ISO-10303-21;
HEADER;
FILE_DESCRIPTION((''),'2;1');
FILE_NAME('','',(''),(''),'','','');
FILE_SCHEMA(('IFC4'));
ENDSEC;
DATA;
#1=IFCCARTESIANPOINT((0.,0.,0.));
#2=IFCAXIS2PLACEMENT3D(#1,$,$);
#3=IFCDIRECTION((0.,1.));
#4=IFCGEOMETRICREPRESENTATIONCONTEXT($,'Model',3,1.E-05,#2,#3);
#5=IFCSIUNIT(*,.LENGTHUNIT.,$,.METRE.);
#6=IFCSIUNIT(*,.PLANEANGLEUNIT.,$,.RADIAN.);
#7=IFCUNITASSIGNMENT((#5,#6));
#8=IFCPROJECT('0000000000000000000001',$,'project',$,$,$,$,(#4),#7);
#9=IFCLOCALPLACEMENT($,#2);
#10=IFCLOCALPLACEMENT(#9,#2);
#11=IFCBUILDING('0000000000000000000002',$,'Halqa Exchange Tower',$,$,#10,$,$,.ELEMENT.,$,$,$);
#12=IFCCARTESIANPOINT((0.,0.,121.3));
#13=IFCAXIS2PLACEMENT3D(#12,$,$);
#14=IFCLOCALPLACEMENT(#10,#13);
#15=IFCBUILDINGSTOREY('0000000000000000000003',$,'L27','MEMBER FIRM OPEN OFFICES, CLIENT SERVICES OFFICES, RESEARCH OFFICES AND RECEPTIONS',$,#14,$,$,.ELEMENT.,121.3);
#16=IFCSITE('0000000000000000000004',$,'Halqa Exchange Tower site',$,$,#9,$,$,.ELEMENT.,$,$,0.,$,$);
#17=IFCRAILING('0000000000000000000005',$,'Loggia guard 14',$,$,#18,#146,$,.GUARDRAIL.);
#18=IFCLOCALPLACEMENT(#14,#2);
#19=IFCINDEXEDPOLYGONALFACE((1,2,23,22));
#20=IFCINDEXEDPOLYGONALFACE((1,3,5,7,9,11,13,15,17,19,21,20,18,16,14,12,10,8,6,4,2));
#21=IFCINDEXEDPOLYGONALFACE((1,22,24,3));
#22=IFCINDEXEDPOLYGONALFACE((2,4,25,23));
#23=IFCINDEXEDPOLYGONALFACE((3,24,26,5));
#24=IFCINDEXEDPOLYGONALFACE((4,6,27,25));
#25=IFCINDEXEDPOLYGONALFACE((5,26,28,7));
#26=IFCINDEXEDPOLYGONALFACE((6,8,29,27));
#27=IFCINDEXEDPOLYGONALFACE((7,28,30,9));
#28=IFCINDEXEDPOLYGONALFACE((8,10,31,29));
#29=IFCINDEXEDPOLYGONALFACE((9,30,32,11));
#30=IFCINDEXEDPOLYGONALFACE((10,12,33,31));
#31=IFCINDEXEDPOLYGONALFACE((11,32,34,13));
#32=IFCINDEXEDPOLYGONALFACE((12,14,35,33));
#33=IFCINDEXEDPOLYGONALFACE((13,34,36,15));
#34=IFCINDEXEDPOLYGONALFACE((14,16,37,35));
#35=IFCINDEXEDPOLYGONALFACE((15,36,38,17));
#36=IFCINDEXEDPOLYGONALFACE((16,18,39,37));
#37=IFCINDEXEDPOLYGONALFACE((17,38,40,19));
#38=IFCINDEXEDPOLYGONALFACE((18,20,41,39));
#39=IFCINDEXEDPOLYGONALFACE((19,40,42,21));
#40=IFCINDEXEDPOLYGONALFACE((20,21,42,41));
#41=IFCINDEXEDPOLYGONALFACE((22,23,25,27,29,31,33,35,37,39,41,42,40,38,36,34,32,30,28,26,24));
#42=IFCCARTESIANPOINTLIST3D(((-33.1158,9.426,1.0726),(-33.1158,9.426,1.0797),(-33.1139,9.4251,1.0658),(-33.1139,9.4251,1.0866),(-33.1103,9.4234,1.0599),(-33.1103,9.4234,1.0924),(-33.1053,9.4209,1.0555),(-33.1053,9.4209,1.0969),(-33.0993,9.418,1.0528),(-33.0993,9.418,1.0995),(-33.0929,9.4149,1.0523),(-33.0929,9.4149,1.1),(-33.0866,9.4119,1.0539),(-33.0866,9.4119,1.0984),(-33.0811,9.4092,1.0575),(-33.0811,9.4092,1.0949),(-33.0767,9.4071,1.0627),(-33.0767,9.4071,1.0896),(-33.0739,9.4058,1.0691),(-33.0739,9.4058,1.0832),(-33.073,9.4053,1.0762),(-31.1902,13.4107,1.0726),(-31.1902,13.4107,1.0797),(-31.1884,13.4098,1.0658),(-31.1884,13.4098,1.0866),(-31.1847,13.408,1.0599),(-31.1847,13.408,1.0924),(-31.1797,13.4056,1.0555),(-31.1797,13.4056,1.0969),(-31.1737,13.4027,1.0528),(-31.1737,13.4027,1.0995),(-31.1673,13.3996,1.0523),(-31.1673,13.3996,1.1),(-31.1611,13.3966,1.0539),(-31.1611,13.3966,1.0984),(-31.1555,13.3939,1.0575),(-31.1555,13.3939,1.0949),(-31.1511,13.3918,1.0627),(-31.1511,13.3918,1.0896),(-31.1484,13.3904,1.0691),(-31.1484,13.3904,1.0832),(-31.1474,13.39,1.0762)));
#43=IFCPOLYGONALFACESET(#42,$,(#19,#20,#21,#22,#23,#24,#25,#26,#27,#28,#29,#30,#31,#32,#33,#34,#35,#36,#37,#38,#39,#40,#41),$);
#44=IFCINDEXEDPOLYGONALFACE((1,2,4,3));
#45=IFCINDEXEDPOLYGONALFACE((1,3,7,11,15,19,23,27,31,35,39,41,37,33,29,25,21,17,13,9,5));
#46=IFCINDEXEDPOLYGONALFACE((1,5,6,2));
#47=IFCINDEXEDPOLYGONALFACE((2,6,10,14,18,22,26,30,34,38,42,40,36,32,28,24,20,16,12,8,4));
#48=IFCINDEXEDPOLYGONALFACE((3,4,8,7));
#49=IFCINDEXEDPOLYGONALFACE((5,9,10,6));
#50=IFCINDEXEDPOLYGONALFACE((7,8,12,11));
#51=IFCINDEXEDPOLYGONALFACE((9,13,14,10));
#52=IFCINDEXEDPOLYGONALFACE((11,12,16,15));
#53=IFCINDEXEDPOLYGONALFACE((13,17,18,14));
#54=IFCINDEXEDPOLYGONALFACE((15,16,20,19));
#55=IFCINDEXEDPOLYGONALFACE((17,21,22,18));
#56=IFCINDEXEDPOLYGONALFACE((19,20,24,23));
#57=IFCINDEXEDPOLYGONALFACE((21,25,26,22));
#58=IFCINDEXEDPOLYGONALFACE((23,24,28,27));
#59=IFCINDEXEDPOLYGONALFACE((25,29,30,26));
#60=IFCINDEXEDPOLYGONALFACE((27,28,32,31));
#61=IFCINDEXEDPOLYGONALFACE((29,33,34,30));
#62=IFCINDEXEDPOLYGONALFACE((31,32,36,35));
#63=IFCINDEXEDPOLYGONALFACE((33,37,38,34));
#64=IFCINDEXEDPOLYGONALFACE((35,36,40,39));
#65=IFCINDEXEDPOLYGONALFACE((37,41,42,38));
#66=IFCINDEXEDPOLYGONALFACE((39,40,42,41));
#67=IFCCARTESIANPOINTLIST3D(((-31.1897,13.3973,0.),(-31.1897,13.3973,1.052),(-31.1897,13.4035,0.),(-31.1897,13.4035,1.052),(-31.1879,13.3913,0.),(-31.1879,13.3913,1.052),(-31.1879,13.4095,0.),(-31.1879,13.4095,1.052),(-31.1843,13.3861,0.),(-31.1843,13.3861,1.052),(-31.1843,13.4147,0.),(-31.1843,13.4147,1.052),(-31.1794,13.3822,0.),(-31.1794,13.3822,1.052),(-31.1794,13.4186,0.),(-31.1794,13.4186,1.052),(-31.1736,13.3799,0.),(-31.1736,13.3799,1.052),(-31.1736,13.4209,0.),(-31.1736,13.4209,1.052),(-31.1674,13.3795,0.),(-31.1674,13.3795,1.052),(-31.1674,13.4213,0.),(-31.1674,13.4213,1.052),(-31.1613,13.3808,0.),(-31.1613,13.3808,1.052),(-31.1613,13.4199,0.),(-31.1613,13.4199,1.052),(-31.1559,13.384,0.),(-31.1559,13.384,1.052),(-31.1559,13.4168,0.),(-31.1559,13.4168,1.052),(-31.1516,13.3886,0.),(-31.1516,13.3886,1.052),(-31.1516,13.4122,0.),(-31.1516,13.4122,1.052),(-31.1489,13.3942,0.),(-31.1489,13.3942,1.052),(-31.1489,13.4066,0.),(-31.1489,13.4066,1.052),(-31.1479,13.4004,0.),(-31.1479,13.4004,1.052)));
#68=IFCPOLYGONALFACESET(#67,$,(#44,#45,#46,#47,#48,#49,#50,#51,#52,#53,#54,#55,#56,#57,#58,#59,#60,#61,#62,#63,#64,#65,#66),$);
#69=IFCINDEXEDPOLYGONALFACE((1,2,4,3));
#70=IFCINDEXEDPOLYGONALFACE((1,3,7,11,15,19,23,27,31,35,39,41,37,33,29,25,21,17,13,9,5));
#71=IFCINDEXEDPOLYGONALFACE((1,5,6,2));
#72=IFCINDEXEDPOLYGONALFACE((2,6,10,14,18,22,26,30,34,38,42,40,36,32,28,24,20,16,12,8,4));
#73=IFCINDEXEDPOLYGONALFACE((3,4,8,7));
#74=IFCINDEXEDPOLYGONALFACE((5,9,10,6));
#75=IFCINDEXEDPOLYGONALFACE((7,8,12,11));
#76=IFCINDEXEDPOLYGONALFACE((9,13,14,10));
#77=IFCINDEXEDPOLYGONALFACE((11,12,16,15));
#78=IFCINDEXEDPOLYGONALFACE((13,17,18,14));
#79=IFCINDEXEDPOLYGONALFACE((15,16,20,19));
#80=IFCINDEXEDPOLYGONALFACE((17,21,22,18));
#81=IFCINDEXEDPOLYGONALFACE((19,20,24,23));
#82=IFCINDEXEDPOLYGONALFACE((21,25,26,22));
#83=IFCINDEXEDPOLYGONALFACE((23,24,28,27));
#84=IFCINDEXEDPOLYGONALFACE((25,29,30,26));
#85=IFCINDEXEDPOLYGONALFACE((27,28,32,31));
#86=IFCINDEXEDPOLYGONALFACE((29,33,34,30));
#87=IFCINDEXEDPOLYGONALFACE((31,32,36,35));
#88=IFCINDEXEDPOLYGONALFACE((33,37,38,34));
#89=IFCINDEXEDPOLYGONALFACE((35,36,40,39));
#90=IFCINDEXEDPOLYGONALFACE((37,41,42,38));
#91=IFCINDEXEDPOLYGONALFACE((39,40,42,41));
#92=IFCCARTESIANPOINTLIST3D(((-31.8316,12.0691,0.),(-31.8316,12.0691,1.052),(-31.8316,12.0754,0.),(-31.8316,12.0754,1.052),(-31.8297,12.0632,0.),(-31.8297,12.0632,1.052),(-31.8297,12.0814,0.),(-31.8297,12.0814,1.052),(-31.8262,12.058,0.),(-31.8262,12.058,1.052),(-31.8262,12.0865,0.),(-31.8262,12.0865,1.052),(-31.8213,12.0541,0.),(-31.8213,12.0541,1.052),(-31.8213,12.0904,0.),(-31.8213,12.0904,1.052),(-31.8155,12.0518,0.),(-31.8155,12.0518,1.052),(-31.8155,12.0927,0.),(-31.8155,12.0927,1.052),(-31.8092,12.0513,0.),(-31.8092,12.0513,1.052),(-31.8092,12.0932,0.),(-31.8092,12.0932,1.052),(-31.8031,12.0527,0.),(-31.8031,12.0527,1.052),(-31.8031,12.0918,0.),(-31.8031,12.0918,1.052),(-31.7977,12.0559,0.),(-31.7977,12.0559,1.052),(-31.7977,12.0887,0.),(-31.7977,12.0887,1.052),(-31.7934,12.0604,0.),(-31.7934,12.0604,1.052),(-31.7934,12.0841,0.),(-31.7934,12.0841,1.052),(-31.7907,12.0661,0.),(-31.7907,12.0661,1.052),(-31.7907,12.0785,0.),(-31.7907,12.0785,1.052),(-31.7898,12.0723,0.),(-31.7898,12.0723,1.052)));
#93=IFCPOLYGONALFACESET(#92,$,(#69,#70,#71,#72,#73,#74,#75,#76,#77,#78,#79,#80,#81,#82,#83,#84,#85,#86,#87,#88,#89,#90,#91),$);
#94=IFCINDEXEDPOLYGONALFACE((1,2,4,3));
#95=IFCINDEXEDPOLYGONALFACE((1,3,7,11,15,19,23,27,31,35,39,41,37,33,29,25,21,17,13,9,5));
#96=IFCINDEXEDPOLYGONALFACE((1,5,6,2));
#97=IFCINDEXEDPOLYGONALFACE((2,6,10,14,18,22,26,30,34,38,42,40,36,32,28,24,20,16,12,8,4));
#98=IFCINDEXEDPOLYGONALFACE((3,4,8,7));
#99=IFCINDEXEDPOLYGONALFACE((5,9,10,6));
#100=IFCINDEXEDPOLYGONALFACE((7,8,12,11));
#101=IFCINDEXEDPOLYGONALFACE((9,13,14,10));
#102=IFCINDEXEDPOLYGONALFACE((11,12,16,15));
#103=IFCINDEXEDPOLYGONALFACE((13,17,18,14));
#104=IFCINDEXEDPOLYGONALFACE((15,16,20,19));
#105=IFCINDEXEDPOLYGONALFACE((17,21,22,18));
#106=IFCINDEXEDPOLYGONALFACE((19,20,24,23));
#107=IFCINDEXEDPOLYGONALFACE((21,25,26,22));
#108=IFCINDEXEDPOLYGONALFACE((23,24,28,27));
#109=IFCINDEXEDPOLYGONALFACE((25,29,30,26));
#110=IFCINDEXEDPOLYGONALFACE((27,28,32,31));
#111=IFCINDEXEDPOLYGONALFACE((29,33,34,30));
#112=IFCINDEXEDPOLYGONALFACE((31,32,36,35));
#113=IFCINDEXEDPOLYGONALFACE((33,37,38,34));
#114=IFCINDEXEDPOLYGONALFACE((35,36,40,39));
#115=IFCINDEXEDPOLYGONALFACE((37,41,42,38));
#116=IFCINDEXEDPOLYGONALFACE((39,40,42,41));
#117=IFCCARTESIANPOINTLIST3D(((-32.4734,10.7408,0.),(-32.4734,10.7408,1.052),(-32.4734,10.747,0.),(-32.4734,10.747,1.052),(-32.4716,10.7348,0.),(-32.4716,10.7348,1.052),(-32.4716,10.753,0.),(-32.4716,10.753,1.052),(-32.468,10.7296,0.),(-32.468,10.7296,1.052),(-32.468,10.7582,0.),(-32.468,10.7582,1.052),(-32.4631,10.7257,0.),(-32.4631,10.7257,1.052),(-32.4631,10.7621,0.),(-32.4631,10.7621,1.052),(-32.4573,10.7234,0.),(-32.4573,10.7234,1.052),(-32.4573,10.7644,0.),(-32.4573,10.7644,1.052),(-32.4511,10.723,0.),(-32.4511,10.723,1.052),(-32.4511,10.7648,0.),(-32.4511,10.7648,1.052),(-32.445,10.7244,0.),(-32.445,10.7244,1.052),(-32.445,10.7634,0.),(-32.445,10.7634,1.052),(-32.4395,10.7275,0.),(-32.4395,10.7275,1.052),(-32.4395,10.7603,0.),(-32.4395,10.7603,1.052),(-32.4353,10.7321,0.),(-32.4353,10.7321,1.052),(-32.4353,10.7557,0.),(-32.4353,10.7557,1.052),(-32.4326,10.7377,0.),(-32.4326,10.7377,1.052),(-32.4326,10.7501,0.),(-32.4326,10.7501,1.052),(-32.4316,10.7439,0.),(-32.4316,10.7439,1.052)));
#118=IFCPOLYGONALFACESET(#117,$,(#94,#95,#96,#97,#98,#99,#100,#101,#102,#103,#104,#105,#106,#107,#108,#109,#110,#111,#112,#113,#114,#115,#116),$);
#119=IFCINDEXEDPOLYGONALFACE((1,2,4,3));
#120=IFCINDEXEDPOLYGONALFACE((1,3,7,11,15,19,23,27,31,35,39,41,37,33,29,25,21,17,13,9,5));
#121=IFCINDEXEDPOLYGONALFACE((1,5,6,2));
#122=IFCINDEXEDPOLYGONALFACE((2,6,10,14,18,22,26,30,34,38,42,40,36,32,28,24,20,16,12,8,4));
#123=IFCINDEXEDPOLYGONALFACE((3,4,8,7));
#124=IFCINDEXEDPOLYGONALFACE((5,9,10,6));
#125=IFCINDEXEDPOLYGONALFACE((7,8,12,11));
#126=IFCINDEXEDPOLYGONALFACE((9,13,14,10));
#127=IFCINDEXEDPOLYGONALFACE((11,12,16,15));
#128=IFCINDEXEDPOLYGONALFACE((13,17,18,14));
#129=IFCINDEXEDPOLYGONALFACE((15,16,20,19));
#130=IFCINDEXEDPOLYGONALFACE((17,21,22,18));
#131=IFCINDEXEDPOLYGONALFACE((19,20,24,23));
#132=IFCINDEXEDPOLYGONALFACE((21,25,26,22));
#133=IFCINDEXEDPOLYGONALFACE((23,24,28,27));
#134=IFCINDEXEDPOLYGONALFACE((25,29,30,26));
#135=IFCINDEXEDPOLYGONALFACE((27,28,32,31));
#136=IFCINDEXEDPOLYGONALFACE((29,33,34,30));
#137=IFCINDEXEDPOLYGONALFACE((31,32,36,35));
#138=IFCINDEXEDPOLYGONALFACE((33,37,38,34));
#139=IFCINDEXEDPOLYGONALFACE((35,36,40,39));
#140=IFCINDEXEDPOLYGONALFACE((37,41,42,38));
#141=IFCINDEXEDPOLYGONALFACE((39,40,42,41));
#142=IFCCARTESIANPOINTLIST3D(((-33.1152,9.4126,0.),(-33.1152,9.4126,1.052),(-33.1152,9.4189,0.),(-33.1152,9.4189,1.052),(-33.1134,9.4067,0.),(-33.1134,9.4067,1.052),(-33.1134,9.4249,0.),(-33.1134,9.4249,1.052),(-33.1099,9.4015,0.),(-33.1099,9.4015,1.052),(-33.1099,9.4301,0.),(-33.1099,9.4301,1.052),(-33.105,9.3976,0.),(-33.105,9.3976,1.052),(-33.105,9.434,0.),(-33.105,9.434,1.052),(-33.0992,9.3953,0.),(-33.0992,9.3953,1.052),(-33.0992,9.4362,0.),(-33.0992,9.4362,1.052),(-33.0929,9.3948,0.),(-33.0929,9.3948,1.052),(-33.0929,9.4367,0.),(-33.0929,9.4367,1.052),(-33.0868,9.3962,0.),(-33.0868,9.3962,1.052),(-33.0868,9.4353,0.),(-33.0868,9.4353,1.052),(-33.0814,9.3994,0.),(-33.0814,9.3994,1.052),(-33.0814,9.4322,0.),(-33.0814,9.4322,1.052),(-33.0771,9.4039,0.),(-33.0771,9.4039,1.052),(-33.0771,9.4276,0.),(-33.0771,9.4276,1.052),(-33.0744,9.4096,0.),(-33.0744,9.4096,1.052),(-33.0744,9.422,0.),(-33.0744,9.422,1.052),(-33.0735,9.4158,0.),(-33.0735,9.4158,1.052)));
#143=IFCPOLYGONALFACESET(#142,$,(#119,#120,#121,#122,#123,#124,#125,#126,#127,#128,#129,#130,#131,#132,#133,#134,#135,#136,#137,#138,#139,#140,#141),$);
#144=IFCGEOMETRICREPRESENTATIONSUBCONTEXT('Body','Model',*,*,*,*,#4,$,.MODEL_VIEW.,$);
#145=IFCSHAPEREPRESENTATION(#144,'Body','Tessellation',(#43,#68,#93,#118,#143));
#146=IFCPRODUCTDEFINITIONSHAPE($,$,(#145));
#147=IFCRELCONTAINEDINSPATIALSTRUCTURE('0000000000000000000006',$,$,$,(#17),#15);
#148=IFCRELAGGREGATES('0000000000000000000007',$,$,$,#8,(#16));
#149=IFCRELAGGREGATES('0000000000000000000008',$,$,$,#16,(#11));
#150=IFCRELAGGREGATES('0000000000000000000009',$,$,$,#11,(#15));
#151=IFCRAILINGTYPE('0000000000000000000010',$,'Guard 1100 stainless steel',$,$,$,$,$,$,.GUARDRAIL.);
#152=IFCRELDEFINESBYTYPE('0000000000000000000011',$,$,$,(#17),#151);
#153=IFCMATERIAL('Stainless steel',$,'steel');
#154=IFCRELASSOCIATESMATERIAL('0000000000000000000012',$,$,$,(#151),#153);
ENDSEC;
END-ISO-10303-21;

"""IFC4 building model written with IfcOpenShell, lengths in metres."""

from ifc_helpers import new_model, si_unit, direction, frame, origin, origin_2d, place, context, subcontext, project, spatial, circle, extrude, material, type_object, element, save


model = new_model("IFC4")

# Units and contexts
model_context = context("Model", 3, precision=1e-05, world=origin(), true_north=direction((0.0, 1.0)))
body_context = subcontext(model_context, "Body", "Model", "MODEL_VIEW")
ifc_project = project(units=[si_unit("LENGTHUNIT", "METRE"), si_unit("PLANEANGLEUNIT", "RADIAN")], contexts=[model_context])

# Site, building, storey
site_placement = place(None, origin())
site = spatial("IfcSite", under=ifc_project, at=site_placement, Name="Halqa Exchange Tower site", CompositionType="ELEMENT", RefElevation=0.0)
building_placement = place(site_placement, origin())
building = spatial("IfcBuilding", under=site, at=building_placement, Name="Halqa Exchange Tower", CompositionType="ELEMENT")
storey_placement = place(building_placement, frame((0.0, 0.0, 121.3)))
storey = spatial("IfcBuildingStorey", under=building, at=storey_placement, Name="L27", Description="MEMBER FIRM OPEN OFFICES, CLIENT SERVICES OFFICES, RESEARCH OFFICES AND RECEPTIONS", CompositionType="ELEMENT", Elevation=121.3)

# Railing
ifc_material_1 = material(Name="Stainless steel", Category="steel")
railing_type = type_object("IfcRailingType", Name="Guard 1100 stainless steel", PredefinedType="GUARDRAIL", material=ifc_material_1)
railing_1_placement = place(storey_placement, frame((-31.1689, 13.4004, 0.0)))
element("IfcRailing", 1, at=railing_1_placement, inside=storey, type_object=railing_type, Name="Loggia guard 14", PredefinedType="GUARDRAIL", context=body_context, shape_type="SweptSolid", body=[
    extrude(circle(Radius=0.0239, at=origin_2d()), frame((0.0, 0.0, 1.0762), z_axis=(-0.435102, -0.900381, 0.0), x_axis=(0.900381, -0.435102, 0.0)), (0.0, 0.0, 1.0), 4.4255),
    extrude(circle(Radius=0.021, at=origin_2d()), origin(), (0.0, 0.0, 1.0), 1.052),
    extrude(circle(Radius=0.021, at=origin_2d()), frame((-0.6418, -1.3281, 0.0)), (0.0, 0.0, 1.0), 1.052),
    extrude(circle(Radius=0.021, at=origin_2d()), frame((-1.2837, -2.6565, 0.0)), (0.0, 0.0, 1.0), 1.052),
    extrude(circle(Radius=0.021, at=origin_2d()), frame((-1.9255, -3.9846, 0.0)), (0.0, 0.0, 1.0), 1.052),
])

save(model, "model.ifc")
